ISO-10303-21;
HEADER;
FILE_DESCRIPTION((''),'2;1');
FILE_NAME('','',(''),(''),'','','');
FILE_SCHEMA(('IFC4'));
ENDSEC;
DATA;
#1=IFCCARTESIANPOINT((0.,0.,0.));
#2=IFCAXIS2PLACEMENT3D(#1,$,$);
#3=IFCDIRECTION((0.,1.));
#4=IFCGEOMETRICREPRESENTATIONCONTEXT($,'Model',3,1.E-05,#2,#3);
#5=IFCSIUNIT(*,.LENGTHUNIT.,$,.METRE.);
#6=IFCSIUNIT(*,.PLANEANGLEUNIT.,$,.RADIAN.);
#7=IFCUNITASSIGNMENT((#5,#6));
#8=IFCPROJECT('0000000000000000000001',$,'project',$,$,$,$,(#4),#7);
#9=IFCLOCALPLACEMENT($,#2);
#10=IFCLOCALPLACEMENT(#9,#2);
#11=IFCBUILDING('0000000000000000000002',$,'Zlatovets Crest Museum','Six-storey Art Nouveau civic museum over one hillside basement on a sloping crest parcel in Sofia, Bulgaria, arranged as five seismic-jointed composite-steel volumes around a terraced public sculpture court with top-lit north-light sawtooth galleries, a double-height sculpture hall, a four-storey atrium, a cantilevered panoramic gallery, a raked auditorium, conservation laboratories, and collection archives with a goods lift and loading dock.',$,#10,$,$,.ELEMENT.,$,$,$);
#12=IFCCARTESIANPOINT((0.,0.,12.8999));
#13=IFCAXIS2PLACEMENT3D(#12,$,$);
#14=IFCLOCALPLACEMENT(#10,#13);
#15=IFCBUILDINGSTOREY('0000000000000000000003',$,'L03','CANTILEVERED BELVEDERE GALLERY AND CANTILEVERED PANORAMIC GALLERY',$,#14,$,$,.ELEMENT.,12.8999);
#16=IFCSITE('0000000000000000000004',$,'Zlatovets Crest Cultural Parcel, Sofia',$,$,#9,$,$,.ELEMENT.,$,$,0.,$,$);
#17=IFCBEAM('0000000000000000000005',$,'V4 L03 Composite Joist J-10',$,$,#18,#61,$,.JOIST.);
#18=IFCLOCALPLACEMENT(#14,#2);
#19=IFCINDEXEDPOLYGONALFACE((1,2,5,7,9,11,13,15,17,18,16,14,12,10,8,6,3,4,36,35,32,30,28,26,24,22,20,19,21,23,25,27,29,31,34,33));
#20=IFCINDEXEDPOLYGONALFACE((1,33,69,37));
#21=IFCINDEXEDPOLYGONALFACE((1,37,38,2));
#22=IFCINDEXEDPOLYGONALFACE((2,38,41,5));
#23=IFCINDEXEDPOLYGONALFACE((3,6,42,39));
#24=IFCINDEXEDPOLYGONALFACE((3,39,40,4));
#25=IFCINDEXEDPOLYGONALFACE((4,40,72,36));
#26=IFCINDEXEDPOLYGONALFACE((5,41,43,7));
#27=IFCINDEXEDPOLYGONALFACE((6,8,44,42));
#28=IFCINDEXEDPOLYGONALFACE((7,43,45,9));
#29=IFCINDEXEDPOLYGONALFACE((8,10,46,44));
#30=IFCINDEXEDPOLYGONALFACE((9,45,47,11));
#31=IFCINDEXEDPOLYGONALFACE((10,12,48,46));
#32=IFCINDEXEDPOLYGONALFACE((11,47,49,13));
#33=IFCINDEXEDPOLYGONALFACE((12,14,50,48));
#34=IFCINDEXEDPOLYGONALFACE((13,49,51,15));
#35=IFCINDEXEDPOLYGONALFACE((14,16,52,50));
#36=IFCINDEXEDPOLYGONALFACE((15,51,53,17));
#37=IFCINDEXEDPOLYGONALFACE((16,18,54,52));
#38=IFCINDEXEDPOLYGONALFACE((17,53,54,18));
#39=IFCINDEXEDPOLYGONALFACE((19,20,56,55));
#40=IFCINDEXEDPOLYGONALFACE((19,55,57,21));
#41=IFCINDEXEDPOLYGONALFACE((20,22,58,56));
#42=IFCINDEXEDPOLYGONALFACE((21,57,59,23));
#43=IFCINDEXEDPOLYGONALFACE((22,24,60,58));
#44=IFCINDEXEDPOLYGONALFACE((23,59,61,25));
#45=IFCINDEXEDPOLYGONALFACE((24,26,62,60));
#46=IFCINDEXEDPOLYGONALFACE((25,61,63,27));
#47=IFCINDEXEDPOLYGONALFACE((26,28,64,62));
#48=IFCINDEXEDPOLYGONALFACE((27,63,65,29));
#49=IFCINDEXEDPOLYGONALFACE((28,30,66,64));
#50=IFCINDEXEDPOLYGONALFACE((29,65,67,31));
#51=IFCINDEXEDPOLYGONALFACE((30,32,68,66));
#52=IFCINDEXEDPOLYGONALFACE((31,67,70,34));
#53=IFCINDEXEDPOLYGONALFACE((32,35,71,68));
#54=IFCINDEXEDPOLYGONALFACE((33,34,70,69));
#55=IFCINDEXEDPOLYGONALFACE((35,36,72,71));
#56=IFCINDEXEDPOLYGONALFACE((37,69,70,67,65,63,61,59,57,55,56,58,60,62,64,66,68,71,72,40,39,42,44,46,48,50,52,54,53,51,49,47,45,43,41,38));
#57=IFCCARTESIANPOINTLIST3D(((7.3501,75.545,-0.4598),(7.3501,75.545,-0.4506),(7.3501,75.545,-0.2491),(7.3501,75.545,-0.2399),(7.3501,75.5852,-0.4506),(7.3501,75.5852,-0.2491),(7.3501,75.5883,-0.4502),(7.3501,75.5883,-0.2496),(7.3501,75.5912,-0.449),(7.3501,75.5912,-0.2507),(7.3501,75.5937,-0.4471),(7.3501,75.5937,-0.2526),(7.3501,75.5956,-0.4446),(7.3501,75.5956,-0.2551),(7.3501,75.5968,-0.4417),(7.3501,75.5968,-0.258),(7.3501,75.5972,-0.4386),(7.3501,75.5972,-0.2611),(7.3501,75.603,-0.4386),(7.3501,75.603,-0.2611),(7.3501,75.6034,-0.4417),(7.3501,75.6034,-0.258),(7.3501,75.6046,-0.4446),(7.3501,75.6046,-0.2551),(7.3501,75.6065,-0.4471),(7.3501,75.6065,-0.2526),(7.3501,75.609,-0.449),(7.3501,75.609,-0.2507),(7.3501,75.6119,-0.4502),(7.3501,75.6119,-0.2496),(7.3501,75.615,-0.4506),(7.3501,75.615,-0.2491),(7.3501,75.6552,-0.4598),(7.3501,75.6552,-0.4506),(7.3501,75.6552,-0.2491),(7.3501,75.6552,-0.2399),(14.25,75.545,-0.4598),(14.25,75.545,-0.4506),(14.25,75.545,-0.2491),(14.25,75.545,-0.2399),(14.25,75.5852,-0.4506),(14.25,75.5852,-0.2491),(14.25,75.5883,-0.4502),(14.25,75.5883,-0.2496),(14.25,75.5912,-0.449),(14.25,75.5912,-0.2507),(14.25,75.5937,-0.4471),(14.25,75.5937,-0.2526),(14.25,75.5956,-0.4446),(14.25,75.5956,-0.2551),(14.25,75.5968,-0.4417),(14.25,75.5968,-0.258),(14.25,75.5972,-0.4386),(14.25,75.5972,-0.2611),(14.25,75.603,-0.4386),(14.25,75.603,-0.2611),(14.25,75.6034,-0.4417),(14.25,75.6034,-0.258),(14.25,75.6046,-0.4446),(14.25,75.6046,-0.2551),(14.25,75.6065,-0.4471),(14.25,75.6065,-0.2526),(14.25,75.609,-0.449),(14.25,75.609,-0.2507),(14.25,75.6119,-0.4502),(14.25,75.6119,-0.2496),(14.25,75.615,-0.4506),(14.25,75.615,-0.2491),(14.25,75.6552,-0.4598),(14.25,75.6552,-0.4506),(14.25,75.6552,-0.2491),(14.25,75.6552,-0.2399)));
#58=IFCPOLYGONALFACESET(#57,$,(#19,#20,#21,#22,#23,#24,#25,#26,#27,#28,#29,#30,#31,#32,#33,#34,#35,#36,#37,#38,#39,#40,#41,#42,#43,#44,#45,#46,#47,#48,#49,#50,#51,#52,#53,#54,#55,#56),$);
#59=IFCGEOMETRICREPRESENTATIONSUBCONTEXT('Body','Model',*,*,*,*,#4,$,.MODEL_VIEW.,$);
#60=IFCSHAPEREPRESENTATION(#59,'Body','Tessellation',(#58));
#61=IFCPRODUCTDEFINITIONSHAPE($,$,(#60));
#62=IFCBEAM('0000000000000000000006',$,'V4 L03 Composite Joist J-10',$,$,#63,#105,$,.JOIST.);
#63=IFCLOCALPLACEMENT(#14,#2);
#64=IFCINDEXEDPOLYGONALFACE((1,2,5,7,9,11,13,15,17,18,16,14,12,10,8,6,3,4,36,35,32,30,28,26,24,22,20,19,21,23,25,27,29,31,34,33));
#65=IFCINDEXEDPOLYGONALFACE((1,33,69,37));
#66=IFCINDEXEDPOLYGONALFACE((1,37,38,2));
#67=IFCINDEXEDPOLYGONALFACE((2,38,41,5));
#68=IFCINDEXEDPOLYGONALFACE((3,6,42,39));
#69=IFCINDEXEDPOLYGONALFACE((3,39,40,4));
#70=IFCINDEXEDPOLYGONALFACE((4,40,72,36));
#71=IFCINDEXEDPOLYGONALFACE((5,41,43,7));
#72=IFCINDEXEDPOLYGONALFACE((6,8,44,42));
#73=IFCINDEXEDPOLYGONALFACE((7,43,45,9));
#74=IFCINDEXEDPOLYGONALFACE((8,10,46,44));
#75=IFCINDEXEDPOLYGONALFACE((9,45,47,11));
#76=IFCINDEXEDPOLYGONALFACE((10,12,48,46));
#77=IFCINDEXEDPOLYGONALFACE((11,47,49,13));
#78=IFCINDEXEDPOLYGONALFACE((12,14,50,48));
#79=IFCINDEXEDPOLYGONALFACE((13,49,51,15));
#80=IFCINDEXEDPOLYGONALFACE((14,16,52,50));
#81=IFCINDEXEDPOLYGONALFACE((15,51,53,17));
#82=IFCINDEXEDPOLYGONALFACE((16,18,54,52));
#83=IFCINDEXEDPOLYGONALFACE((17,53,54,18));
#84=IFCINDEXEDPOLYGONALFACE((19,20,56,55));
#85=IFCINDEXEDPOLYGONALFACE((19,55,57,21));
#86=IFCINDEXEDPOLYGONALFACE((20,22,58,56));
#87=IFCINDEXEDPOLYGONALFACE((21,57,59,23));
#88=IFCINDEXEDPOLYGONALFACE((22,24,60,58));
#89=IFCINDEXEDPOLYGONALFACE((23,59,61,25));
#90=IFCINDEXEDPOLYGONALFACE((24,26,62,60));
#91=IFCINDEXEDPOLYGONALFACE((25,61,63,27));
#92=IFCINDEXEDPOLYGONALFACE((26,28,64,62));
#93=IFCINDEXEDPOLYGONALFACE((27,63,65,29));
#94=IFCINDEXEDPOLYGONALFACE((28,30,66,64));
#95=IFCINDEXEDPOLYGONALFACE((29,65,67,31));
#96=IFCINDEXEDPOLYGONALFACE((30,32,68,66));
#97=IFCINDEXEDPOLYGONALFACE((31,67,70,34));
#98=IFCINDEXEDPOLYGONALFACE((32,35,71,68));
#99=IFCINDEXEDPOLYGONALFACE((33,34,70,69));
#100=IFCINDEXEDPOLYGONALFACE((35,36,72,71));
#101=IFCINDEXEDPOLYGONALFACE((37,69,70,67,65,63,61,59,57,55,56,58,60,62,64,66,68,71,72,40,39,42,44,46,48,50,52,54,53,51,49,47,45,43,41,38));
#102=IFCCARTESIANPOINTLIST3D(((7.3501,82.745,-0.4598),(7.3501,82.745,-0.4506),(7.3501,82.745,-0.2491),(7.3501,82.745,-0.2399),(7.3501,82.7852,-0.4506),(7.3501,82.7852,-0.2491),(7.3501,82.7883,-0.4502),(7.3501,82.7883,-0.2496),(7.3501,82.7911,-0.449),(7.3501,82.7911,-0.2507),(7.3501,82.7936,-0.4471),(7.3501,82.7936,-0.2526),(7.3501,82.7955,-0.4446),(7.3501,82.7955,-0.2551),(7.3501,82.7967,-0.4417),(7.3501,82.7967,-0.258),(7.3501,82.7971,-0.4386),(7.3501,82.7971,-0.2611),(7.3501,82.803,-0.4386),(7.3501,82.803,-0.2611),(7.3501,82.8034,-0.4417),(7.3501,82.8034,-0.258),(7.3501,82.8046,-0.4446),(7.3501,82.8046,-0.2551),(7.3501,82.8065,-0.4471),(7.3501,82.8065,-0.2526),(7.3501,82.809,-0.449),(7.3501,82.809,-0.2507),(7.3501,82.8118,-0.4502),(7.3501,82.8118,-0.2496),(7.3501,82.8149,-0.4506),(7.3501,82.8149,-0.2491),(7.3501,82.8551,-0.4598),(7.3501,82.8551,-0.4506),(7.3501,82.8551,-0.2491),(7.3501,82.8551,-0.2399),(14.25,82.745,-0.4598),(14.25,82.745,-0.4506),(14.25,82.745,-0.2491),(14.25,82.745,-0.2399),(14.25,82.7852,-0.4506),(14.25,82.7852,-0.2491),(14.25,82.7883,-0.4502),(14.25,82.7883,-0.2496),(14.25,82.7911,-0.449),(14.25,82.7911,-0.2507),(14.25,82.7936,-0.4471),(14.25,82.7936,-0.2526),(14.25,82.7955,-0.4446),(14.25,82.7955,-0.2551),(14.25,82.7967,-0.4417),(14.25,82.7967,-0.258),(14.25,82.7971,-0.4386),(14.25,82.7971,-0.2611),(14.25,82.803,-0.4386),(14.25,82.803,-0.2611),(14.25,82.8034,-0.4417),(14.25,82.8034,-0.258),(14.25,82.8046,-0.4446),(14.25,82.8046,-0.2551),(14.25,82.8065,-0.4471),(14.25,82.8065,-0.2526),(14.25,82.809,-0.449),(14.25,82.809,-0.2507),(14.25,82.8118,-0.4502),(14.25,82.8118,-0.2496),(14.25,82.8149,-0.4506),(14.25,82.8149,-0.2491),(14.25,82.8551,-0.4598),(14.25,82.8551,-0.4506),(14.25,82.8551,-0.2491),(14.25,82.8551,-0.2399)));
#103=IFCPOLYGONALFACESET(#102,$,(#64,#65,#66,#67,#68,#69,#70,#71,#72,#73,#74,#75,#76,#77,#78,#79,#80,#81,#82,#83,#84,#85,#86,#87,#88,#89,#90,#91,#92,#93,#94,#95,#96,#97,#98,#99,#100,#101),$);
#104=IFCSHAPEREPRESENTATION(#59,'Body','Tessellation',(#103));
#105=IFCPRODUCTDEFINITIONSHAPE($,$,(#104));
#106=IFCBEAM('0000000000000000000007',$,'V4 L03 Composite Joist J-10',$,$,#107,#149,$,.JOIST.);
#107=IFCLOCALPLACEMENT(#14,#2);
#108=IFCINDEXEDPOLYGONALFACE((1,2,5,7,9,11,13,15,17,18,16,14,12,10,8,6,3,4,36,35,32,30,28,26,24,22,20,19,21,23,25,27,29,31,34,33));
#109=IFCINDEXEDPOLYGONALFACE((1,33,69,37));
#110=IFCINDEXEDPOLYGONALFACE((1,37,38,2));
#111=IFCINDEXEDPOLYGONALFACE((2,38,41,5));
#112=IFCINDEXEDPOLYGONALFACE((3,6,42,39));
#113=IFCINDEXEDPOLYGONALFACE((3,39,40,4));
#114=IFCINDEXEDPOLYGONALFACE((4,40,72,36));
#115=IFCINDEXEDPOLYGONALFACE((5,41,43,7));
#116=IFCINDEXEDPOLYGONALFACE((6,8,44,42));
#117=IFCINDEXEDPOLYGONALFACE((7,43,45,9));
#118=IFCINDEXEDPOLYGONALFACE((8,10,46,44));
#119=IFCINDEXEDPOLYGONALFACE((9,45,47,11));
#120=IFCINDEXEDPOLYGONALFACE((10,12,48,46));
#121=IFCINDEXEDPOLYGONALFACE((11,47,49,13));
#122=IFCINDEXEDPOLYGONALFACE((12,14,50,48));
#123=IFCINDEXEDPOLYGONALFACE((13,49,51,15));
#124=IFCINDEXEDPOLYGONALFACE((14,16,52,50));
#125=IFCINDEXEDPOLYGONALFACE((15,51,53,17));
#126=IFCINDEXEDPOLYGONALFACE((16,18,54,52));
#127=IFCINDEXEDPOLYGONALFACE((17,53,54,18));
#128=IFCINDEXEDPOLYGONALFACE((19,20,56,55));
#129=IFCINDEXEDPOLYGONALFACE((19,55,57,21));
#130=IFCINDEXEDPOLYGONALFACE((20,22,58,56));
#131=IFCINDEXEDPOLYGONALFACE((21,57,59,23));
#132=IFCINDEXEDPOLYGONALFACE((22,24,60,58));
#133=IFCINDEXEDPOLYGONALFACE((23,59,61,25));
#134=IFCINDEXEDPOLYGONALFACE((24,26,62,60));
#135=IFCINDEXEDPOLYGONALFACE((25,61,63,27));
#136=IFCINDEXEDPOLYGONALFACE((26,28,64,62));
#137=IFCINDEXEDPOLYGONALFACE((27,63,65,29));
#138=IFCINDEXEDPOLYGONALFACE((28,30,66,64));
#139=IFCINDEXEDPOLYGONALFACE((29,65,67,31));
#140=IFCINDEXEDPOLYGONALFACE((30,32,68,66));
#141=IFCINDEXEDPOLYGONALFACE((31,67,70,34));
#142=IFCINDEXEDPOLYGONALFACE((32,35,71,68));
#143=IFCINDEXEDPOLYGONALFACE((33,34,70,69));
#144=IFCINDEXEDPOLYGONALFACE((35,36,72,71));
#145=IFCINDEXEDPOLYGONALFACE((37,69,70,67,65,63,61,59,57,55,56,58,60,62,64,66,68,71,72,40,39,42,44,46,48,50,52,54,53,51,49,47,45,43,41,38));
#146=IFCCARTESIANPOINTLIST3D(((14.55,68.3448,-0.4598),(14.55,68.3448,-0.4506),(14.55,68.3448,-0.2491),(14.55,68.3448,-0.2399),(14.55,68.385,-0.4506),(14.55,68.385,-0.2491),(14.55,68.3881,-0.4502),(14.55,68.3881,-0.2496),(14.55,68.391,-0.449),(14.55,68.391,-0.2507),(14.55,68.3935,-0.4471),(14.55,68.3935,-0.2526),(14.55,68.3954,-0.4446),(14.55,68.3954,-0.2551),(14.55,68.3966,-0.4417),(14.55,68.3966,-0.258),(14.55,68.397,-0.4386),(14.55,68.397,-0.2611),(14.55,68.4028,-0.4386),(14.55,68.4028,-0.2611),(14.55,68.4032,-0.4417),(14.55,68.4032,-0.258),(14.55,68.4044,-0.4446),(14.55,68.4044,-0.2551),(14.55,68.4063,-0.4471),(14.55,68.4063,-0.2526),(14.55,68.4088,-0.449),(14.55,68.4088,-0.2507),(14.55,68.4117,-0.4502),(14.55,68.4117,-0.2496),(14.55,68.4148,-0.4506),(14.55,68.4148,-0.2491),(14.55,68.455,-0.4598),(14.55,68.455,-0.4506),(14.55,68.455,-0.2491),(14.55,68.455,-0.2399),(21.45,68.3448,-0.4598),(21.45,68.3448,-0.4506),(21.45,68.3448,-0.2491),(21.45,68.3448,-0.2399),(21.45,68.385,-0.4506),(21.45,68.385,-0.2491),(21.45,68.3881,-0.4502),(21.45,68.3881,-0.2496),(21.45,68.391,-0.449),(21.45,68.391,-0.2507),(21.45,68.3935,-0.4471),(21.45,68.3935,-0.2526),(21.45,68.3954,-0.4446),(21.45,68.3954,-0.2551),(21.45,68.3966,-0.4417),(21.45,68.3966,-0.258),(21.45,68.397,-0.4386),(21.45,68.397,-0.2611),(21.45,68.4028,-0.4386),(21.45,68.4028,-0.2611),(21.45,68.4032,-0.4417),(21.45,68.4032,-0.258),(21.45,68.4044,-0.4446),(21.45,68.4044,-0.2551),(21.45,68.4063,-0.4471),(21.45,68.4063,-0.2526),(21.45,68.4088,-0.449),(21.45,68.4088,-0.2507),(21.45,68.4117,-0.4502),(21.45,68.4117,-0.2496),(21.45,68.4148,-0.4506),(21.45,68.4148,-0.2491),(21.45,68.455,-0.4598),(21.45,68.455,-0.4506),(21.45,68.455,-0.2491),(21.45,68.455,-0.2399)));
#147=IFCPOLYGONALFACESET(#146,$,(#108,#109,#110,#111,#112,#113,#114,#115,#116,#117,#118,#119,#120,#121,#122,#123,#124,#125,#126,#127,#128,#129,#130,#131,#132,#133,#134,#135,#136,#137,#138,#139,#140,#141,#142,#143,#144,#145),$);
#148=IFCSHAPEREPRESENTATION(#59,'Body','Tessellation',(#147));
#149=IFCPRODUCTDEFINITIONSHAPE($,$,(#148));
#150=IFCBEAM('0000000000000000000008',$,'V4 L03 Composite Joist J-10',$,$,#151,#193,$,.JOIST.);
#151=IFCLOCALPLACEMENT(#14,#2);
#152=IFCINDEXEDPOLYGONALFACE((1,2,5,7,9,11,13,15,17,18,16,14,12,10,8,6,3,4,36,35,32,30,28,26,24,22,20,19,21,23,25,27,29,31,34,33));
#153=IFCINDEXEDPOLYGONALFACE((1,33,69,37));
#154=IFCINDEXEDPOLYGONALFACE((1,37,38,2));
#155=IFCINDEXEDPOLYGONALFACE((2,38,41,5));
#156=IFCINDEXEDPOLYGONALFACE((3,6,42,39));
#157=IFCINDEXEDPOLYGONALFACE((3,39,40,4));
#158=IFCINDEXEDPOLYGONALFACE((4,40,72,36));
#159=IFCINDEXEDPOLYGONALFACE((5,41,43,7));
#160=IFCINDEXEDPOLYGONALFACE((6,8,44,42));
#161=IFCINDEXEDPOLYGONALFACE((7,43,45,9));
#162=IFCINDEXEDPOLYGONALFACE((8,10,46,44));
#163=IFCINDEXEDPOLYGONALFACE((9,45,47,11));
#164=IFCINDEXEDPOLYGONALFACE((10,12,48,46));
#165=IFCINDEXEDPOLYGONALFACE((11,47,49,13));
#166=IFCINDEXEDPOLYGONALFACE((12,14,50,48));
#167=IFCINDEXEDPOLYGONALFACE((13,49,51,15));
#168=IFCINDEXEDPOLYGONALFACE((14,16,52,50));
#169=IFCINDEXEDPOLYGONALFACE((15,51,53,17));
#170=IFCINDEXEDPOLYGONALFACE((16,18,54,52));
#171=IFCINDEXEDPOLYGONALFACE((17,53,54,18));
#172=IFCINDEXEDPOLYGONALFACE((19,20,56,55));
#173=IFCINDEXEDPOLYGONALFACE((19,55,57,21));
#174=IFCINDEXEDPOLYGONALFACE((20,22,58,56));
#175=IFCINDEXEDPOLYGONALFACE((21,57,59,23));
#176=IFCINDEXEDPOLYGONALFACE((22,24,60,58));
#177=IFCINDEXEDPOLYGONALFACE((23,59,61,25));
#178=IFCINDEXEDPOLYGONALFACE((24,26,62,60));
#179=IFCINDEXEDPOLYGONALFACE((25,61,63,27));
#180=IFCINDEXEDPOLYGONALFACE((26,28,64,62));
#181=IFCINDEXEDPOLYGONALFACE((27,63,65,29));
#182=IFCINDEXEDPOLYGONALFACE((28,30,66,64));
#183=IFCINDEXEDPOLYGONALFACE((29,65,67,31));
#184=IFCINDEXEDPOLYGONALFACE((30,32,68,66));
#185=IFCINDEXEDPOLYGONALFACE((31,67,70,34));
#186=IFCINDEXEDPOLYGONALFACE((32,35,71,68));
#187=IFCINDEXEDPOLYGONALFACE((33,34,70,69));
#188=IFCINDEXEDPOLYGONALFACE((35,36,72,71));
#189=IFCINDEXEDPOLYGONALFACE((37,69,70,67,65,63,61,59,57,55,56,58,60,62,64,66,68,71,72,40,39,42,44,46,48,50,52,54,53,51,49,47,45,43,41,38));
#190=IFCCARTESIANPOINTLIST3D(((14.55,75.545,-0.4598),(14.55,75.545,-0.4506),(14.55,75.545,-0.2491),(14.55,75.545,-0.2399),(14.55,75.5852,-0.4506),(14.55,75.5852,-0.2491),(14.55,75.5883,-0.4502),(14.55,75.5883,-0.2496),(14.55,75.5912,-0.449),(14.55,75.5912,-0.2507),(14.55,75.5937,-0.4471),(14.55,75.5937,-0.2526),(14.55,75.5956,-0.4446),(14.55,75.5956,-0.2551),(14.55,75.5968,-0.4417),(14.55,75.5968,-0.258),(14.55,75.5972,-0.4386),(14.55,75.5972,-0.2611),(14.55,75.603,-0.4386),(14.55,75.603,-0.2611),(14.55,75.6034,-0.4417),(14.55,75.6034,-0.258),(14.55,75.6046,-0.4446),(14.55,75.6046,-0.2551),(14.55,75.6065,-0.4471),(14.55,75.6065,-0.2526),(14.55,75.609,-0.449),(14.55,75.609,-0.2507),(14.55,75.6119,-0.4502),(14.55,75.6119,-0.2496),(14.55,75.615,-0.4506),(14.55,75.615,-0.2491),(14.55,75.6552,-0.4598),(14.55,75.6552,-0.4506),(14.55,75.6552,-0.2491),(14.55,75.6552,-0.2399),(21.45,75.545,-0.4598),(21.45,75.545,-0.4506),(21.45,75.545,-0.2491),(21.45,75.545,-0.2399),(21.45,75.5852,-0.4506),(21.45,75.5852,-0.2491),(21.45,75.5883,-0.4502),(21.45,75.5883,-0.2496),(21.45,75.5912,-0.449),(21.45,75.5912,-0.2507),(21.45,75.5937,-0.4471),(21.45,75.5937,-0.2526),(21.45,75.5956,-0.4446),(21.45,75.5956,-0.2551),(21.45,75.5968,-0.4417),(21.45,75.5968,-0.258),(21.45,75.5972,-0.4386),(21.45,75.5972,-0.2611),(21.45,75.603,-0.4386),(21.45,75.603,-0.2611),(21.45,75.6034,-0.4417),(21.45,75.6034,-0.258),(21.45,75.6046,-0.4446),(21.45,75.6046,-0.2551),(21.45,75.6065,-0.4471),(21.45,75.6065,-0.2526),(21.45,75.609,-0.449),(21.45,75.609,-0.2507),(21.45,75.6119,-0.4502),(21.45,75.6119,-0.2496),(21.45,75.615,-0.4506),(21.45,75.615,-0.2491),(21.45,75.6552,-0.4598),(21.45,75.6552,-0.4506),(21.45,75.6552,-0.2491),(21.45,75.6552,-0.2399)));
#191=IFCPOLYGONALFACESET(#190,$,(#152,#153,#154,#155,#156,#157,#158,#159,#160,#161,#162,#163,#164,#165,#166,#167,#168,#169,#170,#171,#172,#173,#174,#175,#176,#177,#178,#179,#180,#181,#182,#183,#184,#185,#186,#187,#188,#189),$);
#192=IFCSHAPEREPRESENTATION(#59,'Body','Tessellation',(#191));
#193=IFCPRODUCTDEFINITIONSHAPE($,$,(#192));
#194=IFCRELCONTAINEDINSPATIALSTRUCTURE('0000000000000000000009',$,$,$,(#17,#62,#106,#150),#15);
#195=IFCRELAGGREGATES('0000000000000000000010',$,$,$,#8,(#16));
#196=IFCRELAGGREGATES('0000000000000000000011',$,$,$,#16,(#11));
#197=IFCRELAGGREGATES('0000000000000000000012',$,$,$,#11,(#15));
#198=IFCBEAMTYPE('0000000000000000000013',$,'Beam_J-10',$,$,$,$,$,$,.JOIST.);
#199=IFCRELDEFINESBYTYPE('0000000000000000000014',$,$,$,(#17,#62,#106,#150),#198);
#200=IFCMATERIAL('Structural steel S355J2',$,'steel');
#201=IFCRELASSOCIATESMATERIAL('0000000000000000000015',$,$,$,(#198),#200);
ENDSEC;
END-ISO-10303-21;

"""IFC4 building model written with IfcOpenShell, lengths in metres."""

from ifc_helpers import new_model, si_unit, direction, frame, origin, origin_2d, place, context, subcontext, project, spatial, i_section, extrude, material, material_profile, profile_set, type_object, element, save


model = new_model("IFC4")

# Units and contexts
model_context = context("Model", 3, precision=1e-05, world=origin(), true_north=direction((0.0, 1.0)))
body_context = subcontext(model_context, "Body", "Model", "MODEL_VIEW")
ifc_project = project(units=[si_unit("LENGTHUNIT", "METRE"), si_unit("PLANEANGLEUNIT", "RADIAN")], contexts=[model_context])

# Site, building, storey
site_placement = place(None, origin())
site = spatial("IfcSite", under=ifc_project, at=site_placement, Name="Zlatovets Crest Cultural Parcel, Sofia", CompositionType="ELEMENT", RefElevation=0.0)
building_placement = place(site_placement, origin())
building = spatial("IfcBuilding", under=site, at=building_placement, Name="Zlatovets Crest Museum", Description="Six-storey Art Nouveau civic museum over one hillside basement on a sloping crest parcel in Sofia, Bulgaria, arranged as five seismic-jointed composite-steel volumes around a terraced public sculpture court with top-lit north-light sawtooth galleries, a double-height sculpture hall, a four-storey atrium, a cantilevered panoramic gallery, a raked auditorium, conservation laboratories, and collection archives with a goods lift and loading dock.", CompositionType="ELEMENT")
storey_placement = place(building_placement, frame((0.0, 0.0, 12.8999)))
storey = spatial("IfcBuildingStorey", under=building, at=storey_placement, Name="L03", Description="CANTILEVERED BELVEDERE GALLERY AND CANTILEVERED PANORAMIC GALLERY", CompositionType="ELEMENT", Elevation=12.8999)

# Shared definitions
ifc_material = material(Name="Structural steel S355J2", Category="steel")

# Beams
ifc_material_profile_1 = material_profile(ifc_material, i_section(OverallWidth=0.1101, OverallDepth=0.22, WebThickness=0.0059, FlangeThickness=0.0093, FilletRadius=0.012, at=origin_2d()), Name="IPE 220")
ifc_profile_set_1 = profile_set([ifc_material_profile_1], Name="Structural steel S355J2")
beam_type_1 = type_object("IfcBeamType", Name="Beam_J-10", PredefinedType="JOIST", material=ifc_profile_set_1)
for number, where, z_axis, x_axis, name in (
    (1, (7.3501, 75.6001, -0.3499), (1.0, 0.0, 0.0), (0.0, 1.0, 0.0), "V4 L03 Composite Joist J-10"),
    (2, (7.3501, 82.8, -0.3499), (1.0, 0.0, 0.0), (0.0, 1.0, 0.0), "V4 L03 Composite Joist J-10"),
    (3, (14.55, 68.3999, -0.3499), (1.0, 0.0, 0.0), (0.0, 1.0, 0.0), "V4 L03 Composite Joist J-10"),
    (4, (14.55, 75.6001, -0.3499), (1.0, 0.0, 0.0), (0.0, 1.0, 0.0), "V4 L03 Composite Joist J-10"),
):
    element("IfcBeam", number, at=place(storey_placement, frame(where, z_axis=z_axis, x_axis=x_axis)), inside=storey, type_object=beam_type_1, Name=name, PredefinedType="JOIST", context=body_context, shape_type="SweptSolid", body=[
        extrude(i_section(OverallWidth=0.1101, OverallDepth=0.22, WebThickness=0.0059, FlangeThickness=0.0093, FilletRadius=0.012, at=origin_2d()), origin(), (0.0, 0.0, 1.0), 6.8999),
    ])

save(model, "model.ifc")
